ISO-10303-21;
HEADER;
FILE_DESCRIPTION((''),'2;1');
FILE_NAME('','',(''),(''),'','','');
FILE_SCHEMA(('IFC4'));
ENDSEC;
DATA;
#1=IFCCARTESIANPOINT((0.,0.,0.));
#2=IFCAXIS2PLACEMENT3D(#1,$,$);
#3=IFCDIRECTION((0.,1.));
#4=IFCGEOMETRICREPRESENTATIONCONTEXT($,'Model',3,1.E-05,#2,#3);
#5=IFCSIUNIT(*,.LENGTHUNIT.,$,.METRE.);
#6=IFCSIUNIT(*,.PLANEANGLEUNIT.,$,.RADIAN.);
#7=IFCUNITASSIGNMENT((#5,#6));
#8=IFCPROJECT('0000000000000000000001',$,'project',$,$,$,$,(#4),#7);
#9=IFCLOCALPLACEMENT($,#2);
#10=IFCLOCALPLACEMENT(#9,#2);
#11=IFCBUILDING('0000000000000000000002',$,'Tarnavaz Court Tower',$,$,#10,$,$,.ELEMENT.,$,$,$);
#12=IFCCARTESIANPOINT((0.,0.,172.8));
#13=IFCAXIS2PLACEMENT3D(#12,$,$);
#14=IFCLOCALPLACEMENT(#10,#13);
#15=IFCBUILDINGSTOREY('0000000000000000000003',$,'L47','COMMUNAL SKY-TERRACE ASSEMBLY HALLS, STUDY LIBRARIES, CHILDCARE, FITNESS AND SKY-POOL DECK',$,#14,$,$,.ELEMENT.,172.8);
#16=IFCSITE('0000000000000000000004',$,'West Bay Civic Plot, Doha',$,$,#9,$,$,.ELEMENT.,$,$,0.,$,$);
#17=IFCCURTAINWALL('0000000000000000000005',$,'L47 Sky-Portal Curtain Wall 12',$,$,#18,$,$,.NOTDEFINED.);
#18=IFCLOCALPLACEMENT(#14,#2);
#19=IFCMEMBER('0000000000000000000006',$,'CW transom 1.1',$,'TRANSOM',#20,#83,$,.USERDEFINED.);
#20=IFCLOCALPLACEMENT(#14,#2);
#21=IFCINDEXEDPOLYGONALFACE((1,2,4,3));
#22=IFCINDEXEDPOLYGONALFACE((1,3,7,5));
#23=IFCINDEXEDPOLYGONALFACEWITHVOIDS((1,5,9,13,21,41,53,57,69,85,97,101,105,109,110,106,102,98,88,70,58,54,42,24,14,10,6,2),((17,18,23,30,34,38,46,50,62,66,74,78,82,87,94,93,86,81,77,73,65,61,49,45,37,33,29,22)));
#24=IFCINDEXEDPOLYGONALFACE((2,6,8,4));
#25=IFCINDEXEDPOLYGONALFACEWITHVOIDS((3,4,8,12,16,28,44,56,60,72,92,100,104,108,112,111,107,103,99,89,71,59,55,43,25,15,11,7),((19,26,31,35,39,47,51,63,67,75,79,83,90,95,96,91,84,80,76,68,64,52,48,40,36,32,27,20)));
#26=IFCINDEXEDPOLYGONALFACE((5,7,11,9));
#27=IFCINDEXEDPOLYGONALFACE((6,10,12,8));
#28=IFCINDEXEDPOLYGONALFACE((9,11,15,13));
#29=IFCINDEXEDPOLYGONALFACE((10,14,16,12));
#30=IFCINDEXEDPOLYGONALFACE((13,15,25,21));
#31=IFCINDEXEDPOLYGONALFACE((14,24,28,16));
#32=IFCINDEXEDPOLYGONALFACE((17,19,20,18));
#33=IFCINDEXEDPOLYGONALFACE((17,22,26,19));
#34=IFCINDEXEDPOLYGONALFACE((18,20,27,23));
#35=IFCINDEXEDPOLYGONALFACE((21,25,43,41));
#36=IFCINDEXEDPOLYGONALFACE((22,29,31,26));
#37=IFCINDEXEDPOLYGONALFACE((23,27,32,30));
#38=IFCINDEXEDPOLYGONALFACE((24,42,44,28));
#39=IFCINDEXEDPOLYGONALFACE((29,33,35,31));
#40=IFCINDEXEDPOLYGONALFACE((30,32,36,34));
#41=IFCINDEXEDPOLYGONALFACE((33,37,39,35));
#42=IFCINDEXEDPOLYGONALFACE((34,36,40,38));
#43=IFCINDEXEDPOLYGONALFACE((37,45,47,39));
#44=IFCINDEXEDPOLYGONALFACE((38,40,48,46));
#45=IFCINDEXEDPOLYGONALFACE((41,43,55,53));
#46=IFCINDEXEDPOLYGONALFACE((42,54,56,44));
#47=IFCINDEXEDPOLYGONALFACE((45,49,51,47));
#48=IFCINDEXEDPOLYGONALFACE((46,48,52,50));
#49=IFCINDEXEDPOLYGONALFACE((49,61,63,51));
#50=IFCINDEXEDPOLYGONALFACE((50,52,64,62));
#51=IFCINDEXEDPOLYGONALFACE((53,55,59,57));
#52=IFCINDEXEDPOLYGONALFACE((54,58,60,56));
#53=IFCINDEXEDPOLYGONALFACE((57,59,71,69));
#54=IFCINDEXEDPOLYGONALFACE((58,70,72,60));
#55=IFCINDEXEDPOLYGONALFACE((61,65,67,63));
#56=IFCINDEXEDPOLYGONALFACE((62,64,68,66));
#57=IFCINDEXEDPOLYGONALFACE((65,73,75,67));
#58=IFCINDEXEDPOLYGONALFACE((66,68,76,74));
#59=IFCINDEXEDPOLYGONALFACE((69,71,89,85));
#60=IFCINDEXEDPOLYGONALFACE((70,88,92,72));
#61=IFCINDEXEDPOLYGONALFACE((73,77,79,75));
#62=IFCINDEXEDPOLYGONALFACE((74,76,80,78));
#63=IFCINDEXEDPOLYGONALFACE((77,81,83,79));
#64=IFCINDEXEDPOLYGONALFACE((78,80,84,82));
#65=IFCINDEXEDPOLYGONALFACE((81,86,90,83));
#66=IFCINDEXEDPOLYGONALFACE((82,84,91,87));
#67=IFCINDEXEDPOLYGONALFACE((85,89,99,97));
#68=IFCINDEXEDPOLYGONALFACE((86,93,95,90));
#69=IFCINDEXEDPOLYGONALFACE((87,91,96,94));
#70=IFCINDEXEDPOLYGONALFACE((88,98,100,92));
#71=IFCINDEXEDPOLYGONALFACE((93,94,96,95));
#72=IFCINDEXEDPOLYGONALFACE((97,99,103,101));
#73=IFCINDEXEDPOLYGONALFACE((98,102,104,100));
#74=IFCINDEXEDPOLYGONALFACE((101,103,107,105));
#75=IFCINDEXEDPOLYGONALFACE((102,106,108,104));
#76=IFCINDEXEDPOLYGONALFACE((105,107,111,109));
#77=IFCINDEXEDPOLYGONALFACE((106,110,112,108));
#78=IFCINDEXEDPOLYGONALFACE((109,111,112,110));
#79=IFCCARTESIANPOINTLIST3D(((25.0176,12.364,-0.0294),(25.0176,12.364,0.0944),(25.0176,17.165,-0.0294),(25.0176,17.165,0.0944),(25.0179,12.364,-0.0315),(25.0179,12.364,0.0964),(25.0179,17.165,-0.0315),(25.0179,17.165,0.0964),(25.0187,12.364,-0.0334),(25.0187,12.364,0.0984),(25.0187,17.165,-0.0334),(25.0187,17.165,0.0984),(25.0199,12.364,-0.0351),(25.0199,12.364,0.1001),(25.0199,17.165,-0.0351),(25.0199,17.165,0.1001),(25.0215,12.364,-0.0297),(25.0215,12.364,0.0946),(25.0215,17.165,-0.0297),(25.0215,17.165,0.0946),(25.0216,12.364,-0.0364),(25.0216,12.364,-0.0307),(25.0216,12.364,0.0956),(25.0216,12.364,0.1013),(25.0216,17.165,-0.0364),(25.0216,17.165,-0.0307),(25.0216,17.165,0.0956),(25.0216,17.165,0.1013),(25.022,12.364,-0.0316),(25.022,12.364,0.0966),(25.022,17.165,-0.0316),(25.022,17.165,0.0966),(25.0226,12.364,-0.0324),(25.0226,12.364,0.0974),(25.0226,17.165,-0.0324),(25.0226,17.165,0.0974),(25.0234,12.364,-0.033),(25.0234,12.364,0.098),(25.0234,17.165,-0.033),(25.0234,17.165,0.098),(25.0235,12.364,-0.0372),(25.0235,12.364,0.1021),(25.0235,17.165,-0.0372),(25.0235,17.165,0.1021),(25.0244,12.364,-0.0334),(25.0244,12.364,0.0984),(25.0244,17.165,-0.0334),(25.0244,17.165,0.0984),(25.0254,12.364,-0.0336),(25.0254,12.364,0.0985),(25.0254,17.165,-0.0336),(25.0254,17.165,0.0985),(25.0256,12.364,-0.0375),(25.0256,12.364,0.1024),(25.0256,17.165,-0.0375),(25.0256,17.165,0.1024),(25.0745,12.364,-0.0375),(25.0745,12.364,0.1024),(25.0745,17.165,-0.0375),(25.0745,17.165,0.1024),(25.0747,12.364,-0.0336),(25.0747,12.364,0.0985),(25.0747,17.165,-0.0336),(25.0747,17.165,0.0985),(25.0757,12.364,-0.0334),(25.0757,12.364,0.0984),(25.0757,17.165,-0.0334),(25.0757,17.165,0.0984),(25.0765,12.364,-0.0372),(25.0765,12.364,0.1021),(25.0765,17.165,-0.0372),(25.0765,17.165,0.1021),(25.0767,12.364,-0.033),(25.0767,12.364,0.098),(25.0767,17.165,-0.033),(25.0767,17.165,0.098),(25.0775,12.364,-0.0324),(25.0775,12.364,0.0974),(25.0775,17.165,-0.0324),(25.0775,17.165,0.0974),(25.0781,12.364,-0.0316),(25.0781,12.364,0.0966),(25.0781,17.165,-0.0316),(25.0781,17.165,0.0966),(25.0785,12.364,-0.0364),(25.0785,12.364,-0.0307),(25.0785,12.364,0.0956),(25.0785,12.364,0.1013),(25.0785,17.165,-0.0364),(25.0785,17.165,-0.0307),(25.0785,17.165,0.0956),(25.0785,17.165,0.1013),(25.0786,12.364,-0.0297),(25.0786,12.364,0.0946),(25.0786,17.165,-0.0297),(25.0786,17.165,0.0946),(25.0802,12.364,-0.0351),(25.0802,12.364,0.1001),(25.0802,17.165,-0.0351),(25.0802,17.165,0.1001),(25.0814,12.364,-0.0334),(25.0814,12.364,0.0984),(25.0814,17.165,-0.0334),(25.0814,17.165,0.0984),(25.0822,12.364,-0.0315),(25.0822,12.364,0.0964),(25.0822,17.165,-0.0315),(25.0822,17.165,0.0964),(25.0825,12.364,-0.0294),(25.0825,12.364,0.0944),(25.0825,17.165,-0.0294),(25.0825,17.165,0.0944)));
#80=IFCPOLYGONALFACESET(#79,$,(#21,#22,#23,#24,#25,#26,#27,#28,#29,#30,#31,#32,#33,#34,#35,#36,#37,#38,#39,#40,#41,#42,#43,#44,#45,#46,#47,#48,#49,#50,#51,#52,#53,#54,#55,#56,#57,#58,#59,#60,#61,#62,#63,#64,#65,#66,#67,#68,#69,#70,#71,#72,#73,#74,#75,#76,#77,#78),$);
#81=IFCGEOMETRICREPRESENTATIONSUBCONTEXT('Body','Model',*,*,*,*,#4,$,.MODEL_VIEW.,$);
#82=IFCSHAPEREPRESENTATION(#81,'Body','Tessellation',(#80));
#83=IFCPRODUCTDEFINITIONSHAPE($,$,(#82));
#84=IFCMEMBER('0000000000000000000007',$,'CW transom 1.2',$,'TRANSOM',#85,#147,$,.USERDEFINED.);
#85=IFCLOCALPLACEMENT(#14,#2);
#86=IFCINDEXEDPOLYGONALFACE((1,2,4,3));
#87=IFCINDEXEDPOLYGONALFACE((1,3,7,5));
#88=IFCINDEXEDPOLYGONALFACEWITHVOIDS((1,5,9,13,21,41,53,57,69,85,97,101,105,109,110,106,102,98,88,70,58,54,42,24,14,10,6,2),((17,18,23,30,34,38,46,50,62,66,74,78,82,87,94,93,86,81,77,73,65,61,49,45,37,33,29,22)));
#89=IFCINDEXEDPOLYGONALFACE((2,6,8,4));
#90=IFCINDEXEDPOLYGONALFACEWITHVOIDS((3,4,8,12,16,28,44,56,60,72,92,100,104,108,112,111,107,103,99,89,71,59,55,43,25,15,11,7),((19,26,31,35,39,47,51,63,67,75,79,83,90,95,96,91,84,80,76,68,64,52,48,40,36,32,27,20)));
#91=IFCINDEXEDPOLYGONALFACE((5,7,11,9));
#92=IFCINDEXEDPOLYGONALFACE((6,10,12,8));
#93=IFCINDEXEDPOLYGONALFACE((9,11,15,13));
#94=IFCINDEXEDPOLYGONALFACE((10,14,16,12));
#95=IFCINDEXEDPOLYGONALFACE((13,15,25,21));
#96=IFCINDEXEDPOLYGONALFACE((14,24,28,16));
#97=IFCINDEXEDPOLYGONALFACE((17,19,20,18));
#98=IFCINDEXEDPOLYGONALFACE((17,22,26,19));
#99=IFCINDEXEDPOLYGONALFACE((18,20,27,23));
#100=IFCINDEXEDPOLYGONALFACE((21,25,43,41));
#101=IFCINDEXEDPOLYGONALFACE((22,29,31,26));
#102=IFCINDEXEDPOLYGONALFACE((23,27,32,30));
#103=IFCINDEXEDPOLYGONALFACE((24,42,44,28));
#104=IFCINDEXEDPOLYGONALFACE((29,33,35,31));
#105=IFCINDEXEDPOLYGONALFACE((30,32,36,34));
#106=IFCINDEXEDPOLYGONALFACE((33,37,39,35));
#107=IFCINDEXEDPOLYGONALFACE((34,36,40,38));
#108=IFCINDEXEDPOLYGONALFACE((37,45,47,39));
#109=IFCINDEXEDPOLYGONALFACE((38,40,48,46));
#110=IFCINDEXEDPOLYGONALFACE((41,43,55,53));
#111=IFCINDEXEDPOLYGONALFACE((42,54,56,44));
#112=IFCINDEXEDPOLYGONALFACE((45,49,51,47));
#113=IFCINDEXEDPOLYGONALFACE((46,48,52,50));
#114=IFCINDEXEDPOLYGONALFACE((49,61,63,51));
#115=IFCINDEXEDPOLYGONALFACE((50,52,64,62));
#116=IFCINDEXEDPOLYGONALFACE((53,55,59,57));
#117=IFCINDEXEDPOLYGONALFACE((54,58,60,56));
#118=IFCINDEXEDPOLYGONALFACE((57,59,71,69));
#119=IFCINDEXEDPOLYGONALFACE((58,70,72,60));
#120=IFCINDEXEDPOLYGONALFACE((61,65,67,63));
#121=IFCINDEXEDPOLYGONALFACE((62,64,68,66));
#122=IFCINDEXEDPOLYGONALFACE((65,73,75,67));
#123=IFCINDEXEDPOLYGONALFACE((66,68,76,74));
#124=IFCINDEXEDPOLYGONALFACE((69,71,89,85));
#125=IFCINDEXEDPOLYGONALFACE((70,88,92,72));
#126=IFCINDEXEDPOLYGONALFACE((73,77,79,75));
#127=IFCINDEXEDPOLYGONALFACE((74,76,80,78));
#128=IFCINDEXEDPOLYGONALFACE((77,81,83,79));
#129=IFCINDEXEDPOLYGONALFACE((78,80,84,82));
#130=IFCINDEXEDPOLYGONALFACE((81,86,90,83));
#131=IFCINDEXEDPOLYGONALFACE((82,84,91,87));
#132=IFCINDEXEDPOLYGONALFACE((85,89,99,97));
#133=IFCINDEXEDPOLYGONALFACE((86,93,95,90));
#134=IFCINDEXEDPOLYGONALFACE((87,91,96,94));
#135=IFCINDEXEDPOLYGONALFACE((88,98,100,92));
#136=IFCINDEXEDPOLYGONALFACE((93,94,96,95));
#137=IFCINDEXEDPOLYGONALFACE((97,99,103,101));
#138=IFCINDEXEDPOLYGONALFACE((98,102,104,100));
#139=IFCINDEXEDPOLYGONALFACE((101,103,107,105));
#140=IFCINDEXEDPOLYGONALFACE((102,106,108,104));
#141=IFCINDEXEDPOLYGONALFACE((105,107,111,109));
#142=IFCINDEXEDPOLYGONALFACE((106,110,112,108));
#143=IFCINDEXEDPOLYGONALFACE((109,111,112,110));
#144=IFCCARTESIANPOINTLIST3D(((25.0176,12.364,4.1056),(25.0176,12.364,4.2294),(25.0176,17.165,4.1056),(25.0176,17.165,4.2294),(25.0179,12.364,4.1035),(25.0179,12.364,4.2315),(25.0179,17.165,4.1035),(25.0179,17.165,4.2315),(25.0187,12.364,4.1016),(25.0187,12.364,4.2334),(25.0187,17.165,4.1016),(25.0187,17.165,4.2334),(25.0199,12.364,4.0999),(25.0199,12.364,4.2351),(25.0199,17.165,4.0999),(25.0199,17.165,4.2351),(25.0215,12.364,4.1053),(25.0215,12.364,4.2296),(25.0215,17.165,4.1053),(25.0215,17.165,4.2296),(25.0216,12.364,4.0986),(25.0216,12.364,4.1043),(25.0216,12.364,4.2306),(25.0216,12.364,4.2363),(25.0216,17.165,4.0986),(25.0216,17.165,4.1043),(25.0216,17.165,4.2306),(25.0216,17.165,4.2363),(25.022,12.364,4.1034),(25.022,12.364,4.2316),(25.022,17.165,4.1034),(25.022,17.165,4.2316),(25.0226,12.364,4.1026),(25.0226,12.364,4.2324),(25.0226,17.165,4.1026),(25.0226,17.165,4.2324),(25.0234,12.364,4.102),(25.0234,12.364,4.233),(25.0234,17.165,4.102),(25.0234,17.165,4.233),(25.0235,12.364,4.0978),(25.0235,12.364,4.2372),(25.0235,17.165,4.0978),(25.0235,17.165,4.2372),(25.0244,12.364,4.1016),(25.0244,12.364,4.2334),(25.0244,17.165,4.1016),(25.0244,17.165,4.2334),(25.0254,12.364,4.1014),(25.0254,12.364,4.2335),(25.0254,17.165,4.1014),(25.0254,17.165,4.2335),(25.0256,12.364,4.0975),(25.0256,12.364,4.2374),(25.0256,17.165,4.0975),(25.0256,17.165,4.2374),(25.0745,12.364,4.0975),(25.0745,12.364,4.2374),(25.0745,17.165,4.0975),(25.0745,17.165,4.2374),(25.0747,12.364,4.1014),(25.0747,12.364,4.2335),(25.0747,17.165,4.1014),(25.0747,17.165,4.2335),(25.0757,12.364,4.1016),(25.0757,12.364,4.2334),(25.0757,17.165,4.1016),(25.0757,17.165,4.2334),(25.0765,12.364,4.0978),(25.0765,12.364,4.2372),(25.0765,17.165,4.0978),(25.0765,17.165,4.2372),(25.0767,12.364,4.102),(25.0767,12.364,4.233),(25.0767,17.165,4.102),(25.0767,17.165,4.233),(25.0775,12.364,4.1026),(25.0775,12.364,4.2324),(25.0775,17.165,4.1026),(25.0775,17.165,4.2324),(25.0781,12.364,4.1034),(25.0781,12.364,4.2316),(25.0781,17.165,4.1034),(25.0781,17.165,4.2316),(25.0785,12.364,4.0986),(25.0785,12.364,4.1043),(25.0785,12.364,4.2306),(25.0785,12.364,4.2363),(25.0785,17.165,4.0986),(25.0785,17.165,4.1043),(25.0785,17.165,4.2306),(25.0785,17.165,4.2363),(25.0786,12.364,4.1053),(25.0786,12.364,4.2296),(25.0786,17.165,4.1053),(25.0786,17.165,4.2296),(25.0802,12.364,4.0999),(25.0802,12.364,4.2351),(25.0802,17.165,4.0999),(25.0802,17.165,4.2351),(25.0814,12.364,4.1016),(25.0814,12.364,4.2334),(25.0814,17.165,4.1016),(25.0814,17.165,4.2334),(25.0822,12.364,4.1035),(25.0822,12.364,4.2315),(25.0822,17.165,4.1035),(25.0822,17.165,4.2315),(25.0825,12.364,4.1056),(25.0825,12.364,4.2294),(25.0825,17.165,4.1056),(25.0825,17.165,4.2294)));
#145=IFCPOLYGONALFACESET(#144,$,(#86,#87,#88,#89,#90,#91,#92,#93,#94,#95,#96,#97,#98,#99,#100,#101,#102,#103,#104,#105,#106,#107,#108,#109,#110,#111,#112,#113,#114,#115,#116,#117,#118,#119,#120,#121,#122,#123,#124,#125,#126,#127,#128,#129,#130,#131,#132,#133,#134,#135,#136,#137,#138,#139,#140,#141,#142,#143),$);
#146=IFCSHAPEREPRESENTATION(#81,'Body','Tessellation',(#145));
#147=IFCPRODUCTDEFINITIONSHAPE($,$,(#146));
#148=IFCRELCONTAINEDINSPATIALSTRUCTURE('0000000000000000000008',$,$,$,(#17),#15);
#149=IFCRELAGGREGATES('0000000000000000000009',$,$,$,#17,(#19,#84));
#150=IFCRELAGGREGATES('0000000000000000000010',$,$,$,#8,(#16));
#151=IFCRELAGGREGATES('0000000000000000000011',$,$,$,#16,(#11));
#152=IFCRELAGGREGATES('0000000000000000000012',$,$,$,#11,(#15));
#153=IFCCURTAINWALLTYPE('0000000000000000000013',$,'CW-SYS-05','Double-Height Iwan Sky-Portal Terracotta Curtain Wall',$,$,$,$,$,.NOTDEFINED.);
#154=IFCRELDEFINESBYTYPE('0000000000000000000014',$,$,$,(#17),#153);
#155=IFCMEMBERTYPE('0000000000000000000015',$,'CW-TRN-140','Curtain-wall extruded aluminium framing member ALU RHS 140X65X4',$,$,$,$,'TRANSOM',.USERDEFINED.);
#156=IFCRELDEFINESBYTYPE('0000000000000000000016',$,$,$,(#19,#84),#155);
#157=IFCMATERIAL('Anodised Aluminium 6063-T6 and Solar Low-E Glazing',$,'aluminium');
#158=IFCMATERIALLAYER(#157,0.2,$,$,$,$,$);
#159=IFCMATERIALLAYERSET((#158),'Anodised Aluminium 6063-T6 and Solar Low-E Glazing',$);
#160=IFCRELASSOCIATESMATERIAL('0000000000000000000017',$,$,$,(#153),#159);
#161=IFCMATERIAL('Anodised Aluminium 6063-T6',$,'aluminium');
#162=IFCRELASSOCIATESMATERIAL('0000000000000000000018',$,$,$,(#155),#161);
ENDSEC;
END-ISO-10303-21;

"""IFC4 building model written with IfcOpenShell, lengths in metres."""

from ifc_helpers import new_model, si_unit, direction, frame, origin, origin_2d, place, context, subcontext, project, spatial, hollow_rectangle, extrude, material, layer, layer_set, material_profile, profile_set, type_object, element, aggregate, save


model = new_model("IFC4")

# Units and contexts
model_context = context("Model", 3, precision=1e-05, world=origin(), true_north=direction((0.0, 1.0)))
body_context = subcontext(model_context, "Body", "Model", "MODEL_VIEW")
ifc_project = project(units=[si_unit("LENGTHUNIT", "METRE"), si_unit("PLANEANGLEUNIT", "RADIAN")], contexts=[model_context])

# Site, building, storey
site_placement = place(None, origin())
site = spatial("IfcSite", under=ifc_project, at=site_placement, Name="West Bay Civic Plot, Doha", CompositionType="ELEMENT", RefElevation=0.0)
building_placement = place(site_placement, origin())
building = spatial("IfcBuilding", under=site, at=building_placement, Name="Tarnavaz Court Tower", CompositionType="ELEMENT")
storey_placement = place(building_placement, frame((0.0, 0.0, 172.8)))
storey = spatial("IfcBuildingStorey", under=building, at=storey_placement, Name="L47", Description="COMMUNAL SKY-TERRACE ASSEMBLY HALLS, STUDY LIBRARIES, CHILDCARE, FITNESS AND SKY-POOL DECK", CompositionType="ELEMENT", Elevation=172.8)

# Curtain wall, members
ifc_material_1 = material(Name="Anodised Aluminium 6063-T6 and Solar Low-E Glazing", Category="aluminium")
ifc_layer_1 = layer(ifc_material_1, 0.2)
ifc_layer_set_1 = layer_set([ifc_layer_1], Name="Anodised Aluminium 6063-T6 and Solar Low-E Glazing")
curtain_wall_type = type_object("IfcCurtainWallType", Name="CW-SYS-05", Description="Double-Height Iwan Sky-Portal Terracotta Curtain Wall", PredefinedType="NOTDEFINED", material=ifc_layer_set_1)
curtain_wall_placement = place(storey_placement, origin())
curtain_wall = element("IfcCurtainWall", 1, at=curtain_wall_placement, inside=storey, type_object=curtain_wall_type, Name="L47 Sky-Portal Curtain Wall 12", PredefinedType="NOTDEFINED")
ifc_material_2 = material(Name="Anodised Aluminium 6063-T6", Category="aluminium")
ifc_material_profile_1 = material_profile(ifc_material_2, hollow_rectangle(XDim=0.0649, YDim=0.1399, WallThickness=0.0039, InnerFilletRadius=0.0039, OuterFilletRadius=0.0081, at=origin_2d()), Name="ALU RHS 140X65X4")
ifc_profile_set_1 = profile_set([ifc_material_profile_1], Name="Anodised Aluminium 6063-T6")
member_type_1 = type_object("IfcMemberType", Name="CW-TRN-140", Description="Curtain-wall extruded aluminium framing member ALU RHS 140X65X4", ElementType="TRANSOM", PredefinedType="USERDEFINED", material=ifc_profile_set_1)
member_1_placement = place(storey_placement, frame((25.05, 17.165, 0.0325), z_axis=(0.0, -1.0, 0.0), x_axis=(1.0, 0.0, 0.0)))
member_1 = element("IfcMember", 2, at=member_1_placement, type_object=member_type_1, Name="CW transom 1.1", ObjectType="TRANSOM", PredefinedType="USERDEFINED", context=body_context, shape_type="SweptSolid", body=[
    extrude(hollow_rectangle(XDim=0.0649, YDim=0.1399, WallThickness=0.0039, InnerFilletRadius=0.0039, OuterFilletRadius=0.0081, at=origin_2d()), origin(), (0.0, 0.0, 1.0), 4.801),
])
member_2_placement = place(storey_placement, frame((25.05, 17.165, 4.1675), z_axis=(0.0, -1.0, 0.0), x_axis=(1.0, 0.0, 0.0)))
member_2 = element("IfcMember", 3, at=member_2_placement, type_object=member_type_1, Name="CW transom 1.2", ObjectType="TRANSOM", PredefinedType="USERDEFINED", context=body_context, shape_type="SweptSolid", body=[
    extrude(hollow_rectangle(XDim=0.0649, YDim=0.1399, WallThickness=0.0039, InnerFilletRadius=0.0039, OuterFilletRadius=0.0081, at=origin_2d()), origin(), (0.0, 0.0, 1.0), 4.801),
])
aggregate(curtain_wall, [member_1, member_2])

save(model, "model.ifc")
